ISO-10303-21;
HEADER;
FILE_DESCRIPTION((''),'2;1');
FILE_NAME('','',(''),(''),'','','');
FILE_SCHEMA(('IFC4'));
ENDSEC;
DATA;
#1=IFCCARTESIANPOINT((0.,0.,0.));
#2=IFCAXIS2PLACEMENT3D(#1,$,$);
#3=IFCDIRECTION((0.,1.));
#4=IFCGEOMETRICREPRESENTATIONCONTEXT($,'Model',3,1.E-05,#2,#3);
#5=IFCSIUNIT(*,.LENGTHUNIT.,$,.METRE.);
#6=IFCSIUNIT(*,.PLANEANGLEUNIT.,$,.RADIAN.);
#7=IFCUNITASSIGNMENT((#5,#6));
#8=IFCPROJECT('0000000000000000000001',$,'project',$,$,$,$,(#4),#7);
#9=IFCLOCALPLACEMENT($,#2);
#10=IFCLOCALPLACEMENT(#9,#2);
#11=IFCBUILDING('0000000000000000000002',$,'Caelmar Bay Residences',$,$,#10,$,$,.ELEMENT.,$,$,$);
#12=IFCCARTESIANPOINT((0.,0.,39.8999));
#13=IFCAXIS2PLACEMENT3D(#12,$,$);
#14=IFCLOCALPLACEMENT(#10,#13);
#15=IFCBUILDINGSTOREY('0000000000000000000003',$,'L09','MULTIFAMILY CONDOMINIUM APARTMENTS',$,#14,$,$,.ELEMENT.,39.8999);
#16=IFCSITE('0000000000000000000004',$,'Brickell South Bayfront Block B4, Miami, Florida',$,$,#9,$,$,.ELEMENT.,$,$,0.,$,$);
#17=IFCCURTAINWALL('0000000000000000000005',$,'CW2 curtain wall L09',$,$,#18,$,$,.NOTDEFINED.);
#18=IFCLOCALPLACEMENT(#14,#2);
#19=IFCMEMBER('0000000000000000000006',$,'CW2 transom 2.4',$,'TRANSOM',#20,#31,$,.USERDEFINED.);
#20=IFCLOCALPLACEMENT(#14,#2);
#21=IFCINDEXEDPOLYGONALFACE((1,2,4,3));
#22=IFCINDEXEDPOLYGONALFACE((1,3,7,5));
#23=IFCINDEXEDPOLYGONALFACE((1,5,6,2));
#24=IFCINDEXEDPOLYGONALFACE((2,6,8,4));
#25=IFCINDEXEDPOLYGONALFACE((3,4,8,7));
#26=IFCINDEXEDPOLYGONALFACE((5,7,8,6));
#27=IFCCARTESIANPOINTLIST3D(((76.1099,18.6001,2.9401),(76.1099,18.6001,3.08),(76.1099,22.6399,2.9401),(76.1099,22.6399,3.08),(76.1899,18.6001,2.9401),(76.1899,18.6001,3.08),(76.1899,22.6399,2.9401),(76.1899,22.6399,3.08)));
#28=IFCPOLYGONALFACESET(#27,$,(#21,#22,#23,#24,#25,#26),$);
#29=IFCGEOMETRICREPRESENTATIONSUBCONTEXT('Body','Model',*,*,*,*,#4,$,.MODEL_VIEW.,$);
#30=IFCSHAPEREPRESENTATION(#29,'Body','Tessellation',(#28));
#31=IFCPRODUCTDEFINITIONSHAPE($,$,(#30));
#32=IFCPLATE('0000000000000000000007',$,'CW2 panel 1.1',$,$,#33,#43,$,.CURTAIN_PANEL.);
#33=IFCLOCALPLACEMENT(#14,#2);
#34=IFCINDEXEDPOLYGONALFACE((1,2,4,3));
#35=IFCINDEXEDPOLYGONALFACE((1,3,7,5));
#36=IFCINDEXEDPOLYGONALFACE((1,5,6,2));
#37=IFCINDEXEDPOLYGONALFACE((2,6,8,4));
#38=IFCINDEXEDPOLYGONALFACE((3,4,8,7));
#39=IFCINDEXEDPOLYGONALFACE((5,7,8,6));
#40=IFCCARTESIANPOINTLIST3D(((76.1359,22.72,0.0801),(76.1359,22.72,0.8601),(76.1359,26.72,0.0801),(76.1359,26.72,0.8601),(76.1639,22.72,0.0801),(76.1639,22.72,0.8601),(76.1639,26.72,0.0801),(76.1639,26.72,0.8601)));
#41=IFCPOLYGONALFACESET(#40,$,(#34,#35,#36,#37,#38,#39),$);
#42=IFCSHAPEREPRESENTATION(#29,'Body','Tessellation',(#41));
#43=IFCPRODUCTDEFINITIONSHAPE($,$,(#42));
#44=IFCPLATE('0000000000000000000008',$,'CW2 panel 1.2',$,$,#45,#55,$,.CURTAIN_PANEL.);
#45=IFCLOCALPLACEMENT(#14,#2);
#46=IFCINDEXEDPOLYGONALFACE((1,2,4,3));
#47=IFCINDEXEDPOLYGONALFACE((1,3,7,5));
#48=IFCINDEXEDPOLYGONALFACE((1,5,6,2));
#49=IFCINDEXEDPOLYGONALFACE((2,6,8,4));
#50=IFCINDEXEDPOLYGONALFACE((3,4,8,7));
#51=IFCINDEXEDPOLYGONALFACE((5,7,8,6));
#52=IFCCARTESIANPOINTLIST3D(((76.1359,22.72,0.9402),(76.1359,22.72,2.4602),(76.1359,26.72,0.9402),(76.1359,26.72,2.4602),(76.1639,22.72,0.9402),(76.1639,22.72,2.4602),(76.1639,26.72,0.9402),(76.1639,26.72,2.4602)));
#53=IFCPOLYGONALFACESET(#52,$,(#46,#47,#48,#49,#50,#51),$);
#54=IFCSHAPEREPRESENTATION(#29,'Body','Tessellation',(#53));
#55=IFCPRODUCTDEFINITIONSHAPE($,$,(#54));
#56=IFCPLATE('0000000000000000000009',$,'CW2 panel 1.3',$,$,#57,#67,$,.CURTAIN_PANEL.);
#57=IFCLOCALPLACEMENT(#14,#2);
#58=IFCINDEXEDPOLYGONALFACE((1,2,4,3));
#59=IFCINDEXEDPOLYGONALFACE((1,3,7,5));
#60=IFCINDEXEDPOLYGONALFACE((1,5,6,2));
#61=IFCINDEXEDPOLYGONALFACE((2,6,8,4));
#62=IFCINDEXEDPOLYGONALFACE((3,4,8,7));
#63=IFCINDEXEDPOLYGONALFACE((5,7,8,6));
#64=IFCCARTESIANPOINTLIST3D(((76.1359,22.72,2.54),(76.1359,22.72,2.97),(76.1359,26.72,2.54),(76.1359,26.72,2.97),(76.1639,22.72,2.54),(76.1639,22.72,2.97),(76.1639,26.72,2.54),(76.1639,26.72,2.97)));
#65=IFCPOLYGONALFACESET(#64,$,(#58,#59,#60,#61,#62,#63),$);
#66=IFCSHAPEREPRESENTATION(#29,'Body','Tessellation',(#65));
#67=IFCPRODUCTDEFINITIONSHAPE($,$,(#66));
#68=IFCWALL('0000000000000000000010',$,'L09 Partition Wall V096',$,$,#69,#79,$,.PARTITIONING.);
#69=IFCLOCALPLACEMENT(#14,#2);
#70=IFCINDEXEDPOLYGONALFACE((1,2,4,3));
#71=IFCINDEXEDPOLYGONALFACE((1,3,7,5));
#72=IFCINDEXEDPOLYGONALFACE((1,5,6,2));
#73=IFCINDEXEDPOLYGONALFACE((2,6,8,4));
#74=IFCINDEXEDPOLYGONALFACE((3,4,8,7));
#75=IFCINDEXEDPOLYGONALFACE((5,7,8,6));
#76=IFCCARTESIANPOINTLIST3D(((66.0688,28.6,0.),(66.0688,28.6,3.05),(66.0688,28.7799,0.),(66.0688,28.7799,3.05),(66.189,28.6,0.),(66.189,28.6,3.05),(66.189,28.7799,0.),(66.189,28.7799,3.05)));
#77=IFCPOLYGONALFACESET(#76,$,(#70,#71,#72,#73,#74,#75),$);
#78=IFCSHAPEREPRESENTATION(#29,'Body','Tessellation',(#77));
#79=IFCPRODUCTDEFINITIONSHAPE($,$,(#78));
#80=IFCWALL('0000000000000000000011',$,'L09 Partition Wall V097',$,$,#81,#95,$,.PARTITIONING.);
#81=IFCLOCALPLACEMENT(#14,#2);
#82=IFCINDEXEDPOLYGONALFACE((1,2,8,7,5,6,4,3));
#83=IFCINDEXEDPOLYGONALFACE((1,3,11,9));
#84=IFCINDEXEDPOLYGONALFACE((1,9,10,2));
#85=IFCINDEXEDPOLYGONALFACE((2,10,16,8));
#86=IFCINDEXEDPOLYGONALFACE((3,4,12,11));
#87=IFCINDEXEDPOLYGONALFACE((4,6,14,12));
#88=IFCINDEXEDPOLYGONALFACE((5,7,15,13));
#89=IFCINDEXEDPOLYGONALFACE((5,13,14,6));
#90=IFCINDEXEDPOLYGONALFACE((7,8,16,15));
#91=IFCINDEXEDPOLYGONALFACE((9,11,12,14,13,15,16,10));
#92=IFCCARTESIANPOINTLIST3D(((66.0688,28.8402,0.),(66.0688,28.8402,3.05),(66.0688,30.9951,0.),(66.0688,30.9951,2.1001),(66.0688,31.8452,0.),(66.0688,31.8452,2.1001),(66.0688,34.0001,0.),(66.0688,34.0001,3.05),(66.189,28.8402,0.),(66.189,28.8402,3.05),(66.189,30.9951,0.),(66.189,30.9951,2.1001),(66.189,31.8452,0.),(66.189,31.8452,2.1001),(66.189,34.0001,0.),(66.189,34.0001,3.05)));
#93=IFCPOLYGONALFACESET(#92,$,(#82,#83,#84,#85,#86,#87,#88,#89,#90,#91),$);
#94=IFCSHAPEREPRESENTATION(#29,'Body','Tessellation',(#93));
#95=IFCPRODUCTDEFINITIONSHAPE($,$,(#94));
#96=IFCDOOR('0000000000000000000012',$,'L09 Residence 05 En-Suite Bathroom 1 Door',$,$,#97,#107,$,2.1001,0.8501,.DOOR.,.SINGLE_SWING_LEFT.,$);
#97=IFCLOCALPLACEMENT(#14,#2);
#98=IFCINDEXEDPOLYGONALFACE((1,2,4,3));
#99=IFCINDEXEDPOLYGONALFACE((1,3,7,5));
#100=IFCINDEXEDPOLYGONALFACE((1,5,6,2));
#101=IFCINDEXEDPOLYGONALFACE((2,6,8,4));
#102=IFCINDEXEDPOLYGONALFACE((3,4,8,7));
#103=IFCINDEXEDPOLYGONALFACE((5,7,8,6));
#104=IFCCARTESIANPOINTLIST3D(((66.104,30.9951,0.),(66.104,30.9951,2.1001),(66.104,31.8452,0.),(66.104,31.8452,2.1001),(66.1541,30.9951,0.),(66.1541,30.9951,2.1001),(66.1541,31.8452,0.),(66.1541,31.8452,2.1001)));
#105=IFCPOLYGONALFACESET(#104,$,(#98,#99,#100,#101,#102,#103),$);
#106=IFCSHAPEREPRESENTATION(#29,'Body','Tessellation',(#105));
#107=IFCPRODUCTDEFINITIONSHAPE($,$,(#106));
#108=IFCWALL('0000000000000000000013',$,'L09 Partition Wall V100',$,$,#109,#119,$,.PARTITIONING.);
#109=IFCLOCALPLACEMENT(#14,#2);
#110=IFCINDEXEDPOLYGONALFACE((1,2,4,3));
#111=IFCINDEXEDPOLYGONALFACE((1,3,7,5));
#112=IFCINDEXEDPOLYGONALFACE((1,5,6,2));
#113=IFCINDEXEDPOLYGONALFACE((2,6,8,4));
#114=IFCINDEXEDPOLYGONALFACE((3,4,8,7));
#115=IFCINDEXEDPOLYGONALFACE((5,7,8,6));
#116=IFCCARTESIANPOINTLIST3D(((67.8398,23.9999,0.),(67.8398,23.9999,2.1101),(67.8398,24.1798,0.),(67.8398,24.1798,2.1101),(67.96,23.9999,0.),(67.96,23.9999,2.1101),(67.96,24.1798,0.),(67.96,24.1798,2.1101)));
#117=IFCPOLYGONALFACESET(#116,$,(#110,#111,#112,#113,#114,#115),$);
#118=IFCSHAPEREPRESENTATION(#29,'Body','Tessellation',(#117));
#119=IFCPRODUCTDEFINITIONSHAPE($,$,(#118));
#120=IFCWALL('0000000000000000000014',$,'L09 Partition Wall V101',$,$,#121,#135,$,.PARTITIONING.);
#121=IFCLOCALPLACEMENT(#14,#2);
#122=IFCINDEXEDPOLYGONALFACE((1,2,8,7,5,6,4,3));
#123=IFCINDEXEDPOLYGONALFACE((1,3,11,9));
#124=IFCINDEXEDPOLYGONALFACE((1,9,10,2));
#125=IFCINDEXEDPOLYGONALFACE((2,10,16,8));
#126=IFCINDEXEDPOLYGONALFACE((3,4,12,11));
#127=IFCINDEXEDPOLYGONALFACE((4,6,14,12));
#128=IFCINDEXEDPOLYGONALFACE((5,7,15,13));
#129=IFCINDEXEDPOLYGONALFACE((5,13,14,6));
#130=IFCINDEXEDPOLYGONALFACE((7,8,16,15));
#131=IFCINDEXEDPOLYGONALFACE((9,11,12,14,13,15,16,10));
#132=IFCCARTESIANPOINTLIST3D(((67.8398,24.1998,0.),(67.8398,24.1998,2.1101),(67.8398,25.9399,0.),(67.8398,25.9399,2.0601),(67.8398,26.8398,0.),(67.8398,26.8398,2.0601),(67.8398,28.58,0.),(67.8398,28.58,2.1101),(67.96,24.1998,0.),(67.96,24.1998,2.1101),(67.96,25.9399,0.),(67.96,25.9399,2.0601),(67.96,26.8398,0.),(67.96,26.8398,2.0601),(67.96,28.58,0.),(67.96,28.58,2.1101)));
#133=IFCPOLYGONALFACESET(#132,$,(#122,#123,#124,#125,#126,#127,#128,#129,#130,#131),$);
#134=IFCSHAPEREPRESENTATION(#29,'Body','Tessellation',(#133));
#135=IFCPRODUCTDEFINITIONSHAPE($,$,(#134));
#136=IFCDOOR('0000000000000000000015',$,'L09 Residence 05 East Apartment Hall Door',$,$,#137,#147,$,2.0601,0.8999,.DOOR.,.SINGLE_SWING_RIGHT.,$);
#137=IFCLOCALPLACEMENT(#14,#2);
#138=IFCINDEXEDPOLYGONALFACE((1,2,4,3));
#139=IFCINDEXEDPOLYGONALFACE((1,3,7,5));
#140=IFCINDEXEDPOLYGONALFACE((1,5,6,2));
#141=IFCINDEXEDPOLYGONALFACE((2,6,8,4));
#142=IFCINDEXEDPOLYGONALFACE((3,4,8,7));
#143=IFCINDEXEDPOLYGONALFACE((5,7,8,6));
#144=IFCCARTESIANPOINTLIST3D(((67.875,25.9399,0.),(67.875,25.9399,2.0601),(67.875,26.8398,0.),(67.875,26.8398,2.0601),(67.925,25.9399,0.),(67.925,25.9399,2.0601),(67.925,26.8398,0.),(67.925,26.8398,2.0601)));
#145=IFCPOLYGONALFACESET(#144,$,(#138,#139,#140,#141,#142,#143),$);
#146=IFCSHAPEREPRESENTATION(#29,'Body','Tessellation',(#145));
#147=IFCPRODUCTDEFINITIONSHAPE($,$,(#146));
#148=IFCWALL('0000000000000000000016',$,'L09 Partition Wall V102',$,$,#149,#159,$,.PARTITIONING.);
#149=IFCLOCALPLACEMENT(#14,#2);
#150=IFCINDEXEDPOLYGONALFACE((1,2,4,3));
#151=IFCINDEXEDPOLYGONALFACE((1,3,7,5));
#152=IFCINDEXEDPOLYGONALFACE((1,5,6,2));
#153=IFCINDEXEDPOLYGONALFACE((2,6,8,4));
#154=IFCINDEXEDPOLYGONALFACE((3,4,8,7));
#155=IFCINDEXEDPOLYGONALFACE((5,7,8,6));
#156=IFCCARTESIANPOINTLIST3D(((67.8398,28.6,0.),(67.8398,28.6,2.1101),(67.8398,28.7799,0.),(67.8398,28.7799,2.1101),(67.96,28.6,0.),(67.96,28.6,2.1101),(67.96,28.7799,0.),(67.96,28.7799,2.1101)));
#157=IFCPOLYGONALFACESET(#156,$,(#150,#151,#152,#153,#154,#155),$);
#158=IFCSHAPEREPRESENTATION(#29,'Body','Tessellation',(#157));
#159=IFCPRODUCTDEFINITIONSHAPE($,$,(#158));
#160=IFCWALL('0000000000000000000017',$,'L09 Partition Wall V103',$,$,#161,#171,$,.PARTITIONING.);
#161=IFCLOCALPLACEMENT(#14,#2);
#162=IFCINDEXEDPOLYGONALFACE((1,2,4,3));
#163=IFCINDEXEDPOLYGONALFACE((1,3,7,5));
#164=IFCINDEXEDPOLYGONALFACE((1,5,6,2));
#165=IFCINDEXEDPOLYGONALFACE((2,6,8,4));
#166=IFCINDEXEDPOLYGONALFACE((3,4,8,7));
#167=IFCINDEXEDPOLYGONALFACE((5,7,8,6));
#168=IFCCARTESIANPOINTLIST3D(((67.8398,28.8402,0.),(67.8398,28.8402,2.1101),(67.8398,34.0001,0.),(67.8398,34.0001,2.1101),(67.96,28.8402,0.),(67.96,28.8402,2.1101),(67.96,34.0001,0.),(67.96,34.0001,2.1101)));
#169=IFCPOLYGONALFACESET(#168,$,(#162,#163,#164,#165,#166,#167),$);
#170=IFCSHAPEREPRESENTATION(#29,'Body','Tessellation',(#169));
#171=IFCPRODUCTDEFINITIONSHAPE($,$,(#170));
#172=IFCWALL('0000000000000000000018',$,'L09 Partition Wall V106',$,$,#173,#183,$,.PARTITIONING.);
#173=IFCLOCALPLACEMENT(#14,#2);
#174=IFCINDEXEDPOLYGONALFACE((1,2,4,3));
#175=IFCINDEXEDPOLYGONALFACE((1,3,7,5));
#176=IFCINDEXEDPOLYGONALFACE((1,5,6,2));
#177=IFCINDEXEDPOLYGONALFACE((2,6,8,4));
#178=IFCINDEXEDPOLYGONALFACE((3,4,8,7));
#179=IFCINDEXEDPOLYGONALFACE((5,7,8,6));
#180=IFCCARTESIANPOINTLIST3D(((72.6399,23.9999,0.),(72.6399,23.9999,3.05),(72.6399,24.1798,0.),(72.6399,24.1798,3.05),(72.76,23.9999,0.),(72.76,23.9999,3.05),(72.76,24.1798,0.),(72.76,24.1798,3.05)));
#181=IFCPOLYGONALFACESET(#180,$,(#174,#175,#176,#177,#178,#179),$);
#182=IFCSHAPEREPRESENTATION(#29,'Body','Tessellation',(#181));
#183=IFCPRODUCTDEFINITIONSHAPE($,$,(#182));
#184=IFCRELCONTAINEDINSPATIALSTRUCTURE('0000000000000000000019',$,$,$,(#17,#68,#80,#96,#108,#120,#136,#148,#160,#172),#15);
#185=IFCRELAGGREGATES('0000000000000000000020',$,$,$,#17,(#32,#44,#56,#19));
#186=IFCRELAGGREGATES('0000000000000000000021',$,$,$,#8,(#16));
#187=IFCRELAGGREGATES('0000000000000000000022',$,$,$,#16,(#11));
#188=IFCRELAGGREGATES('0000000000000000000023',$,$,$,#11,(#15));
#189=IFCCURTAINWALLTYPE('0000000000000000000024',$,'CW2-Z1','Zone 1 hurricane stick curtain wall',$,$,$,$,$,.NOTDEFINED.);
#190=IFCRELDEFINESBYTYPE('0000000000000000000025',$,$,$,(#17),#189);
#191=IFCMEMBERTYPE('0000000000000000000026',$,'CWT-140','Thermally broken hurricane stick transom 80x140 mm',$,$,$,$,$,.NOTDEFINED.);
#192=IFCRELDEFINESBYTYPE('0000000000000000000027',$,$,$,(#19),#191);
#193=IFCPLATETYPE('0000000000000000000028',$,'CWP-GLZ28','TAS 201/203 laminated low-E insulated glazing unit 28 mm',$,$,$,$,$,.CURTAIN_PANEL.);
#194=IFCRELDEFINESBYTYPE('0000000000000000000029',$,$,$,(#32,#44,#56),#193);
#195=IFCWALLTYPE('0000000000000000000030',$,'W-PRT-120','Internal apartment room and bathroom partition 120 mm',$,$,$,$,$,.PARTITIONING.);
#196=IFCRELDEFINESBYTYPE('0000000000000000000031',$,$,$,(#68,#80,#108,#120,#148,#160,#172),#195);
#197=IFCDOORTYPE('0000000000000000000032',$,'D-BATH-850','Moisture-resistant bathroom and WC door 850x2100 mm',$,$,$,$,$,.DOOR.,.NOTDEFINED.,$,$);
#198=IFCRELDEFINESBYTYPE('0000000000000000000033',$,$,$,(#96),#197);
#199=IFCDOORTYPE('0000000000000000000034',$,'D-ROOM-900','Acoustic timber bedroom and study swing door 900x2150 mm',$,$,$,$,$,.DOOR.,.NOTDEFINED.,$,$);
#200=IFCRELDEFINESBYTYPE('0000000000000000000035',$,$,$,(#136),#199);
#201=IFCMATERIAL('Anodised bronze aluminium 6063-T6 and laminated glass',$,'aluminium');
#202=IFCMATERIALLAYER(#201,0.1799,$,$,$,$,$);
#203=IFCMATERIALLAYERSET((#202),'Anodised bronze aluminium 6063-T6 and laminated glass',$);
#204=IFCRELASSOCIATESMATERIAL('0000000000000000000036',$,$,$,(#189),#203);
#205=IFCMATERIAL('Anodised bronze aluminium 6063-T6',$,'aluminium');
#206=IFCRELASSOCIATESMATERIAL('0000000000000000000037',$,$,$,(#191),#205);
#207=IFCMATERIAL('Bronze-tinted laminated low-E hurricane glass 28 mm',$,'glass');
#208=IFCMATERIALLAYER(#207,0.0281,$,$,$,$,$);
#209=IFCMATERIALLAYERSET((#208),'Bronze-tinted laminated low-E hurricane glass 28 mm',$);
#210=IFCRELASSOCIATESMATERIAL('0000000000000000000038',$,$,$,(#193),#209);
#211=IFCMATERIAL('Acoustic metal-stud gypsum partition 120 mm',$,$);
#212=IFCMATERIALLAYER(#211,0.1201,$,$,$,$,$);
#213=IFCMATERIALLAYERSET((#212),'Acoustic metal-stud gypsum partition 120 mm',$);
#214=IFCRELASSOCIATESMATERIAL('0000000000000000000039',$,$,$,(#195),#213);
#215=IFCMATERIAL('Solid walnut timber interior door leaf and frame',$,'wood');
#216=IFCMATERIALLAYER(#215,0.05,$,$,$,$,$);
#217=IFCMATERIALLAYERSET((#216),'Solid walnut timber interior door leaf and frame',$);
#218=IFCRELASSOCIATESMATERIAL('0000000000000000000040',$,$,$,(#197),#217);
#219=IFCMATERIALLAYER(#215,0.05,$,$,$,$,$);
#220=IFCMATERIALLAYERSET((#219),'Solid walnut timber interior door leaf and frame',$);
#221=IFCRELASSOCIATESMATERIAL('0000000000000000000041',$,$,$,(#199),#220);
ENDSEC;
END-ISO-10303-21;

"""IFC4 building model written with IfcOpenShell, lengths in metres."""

from ifc_helpers import new_model, si_unit, direction, frame, frame_2d, origin, origin_2d, place, context, subcontext, project, spatial, rectangle, extrude, material, layer, layer_set, material_profile, profile_set, type_object, element, fill, aggregate, save


model = new_model("IFC4")

# Units and contexts
model_context = context("Model", 3, precision=1e-05, world=origin(), true_north=direction((0.0, 1.0)))
body_context = subcontext(model_context, "Body", "Model", "MODEL_VIEW")
ifc_project = project(units=[si_unit("LENGTHUNIT", "METRE"), si_unit("PLANEANGLEUNIT", "RADIAN")], contexts=[model_context])

# Site, building, storey
site_placement = place(None, origin())
site = spatial("IfcSite", under=ifc_project, at=site_placement, Name="Brickell South Bayfront Block B4, Miami, Florida", CompositionType="ELEMENT", RefElevation=0.0)
building_placement = place(site_placement, origin())
building = spatial("IfcBuilding", under=site, at=building_placement, Name="Caelmar Bay Residences", CompositionType="ELEMENT")
storey_placement = place(building_placement, frame((0.0, 0.0, 39.8999)))
storey = spatial("IfcBuildingStorey", under=building, at=storey_placement, Name="L09", Description="MULTIFAMILY CONDOMINIUM APARTMENTS", CompositionType="ELEMENT", Elevation=39.8999)

# Curtain wall, member, plates
ifc_material_1 = material(Name="Anodised bronze aluminium 6063-T6 and laminated glass", Category="aluminium")
ifc_layer_1 = layer(ifc_material_1, 0.1799)
ifc_layer_set_1 = layer_set([ifc_layer_1], Name="Anodised bronze aluminium 6063-T6 and laminated glass")
curtain_wall_type = type_object("IfcCurtainWallType", Name="CW2-Z1", Description="Zone 1 hurricane stick curtain wall", PredefinedType="NOTDEFINED", material=ifc_layer_set_1)
curtain_wall_placement = place(storey_placement, origin())
curtain_wall = element("IfcCurtainWall", 1, at=curtain_wall_placement, inside=storey, type_object=curtain_wall_type, Name="CW2 curtain wall L09", PredefinedType="NOTDEFINED")
ifc_material_2 = material(Name="Anodised bronze aluminium 6063-T6", Category="aluminium")
ifc_material_profile_1 = material_profile(ifc_material_2, rectangle(XDim=0.0801, YDim=0.1399, at=origin_2d()), Name="CWT-80X140")
ifc_profile_set_1 = profile_set([ifc_material_profile_1], Name="Anodised bronze aluminium 6063-T6")
member_type_1 = type_object("IfcMemberType", Name="CWT-140", Description="Thermally broken hurricane stick transom 80x140 mm", PredefinedType="NOTDEFINED", material=ifc_profile_set_1)
member_1_placement = place(storey_placement, frame((76.1499, 22.6399, 3.01), z_axis=(0.0, -1.0, 0.0), x_axis=(1.0, 0.0, 0.0)))
member_1 = element("IfcMember", 2, at=member_1_placement, type_object=member_type_1, Name="CW2 transom 2.4", ObjectType="TRANSOM", PredefinedType="USERDEFINED", context=body_context, shape_type="SweptSolid", body=[
    extrude(rectangle(XDim=0.0801, YDim=0.1399, at=origin_2d()), origin(), (0.0, 0.0, 1.0), 4.0398),
])
ifc_material_3 = material(Name="Bronze-tinted laminated low-E hurricane glass 28 mm", Category="glass")
ifc_layer_2 = layer(ifc_material_3, 0.0281)
ifc_layer_set_2 = layer_set([ifc_layer_2], Name="Bronze-tinted laminated low-E hurricane glass 28 mm")
plate_type = type_object("IfcPlateType", Name="CWP-GLZ28", Description="TAS 201/203 laminated low-E insulated glazing unit 28 mm", PredefinedType="CURTAIN_PANEL", material=ifc_layer_set_2)
plate_1_placement = place(storey_placement, frame((76.1499, 24.72, 0.0801), z_axis=(0.0, 0.0, 1.0), x_axis=(0.0, -1.0, 0.0)))
plate_1 = element("IfcPlate", 3, at=plate_1_placement, type_object=plate_type, Name="CW2 panel 1.1", PredefinedType="CURTAIN_PANEL", context=body_context, shape_type="SweptSolid", body=[
    extrude(rectangle(XDim=4.0, YDim=0.0281, at=origin_2d()), origin(), (0.0, 0.0, 1.0), 0.78),
])
plate_2_placement = place(storey_placement, frame((76.1499, 24.72, 0.9402), z_axis=(0.0, 0.0, 1.0), x_axis=(0.0, -1.0, 0.0)))
plate_2 = element("IfcPlate", 4, at=plate_2_placement, type_object=plate_type, Name="CW2 panel 1.2", PredefinedType="CURTAIN_PANEL", context=body_context, shape_type="SweptSolid", body=[
    extrude(rectangle(XDim=4.0, YDim=0.0281, at=origin_2d()), origin(), (0.0, 0.0, 1.0), 1.52),
])
plate_3_placement = place(storey_placement, frame((76.1499, 24.72, 2.54), z_axis=(0.0, 0.0, 1.0), x_axis=(0.0, -1.0, 0.0)))
plate_3 = element("IfcPlate", 5, at=plate_3_placement, type_object=plate_type, Name="CW2 panel 1.3", PredefinedType="CURTAIN_PANEL", context=body_context, shape_type="SweptSolid", body=[
    extrude(rectangle(XDim=4.0, YDim=0.0281, at=origin_2d()), origin(), (0.0, 0.0, 1.0), 0.4299),
])
aggregate(curtain_wall, [plate_1, plate_2, plate_3, member_1])

# Wall
ifc_material_4 = material(Name="Acoustic metal-stud gypsum partition 120 mm")
ifc_layer_3 = layer(ifc_material_4, 0.1201)
ifc_layer_set_3 = layer_set([ifc_layer_3], Name="Acoustic metal-stud gypsum partition 120 mm")
wall_type = type_object("IfcWallType", Name="W-PRT-120", Description="Internal apartment room and bathroom partition 120 mm", PredefinedType="PARTITIONING", material=ifc_layer_set_3)
wall_1_placement = place(storey_placement, frame((66.1289, 28.6001, 0.0), z_axis=(0.0, 0.0, 1.0), x_axis=(0.0, 1.0, 0.0)))
element("IfcWall", 6, at=wall_1_placement, inside=storey, type_object=wall_type, Name="L09 Partition Wall V096", PredefinedType="PARTITIONING", context=body_context, shape_type="SweptSolid", body=[
    extrude(rectangle(XDim=0.1799, YDim=0.1201, at=frame_2d((0.0898, 0.0))), origin(), (0.0, 0.0, 1.0), 3.05),
])

# Wall, opening, door
wall_2_placement = place(storey_placement, frame((66.1289, 28.8401, 0.0), z_axis=(0.0, 0.0, 1.0), x_axis=(0.0, 1.0, 0.0)))
wall_2 = element("IfcWall", 7, at=wall_2_placement, inside=storey, type_object=wall_type, Name="L09 Partition Wall V097", PredefinedType="PARTITIONING", context=body_context, shape_type="SweptSolid", body=[
    extrude(rectangle(XDim=5.1599, YDim=0.1201, at=frame_2d((2.5801, 0.0))), origin(), (0.0, 0.0, 1.0), 3.05),
])
opening_1_placement = place(wall_2_placement, frame((2.155, 0.0, 0.0)))
opening_1 = element("IfcOpeningElement", 8, at=opening_1_placement, cuts=wall_2, PredefinedType="OPENING", context=body_context, shape_type="SweptSolid", body=[
    extrude(rectangle(XDim=0.8501, YDim=2.1001, at=frame_2d((0.425, 1.05))), frame((0.0, 0.0701, 0.0), z_axis=(0.0, -1.0, 0.0), x_axis=(1.0, 0.0, 0.0)), (0.0, 0.0, 1.0), 0.1401),
])
ifc_material_5 = material(Name="Solid walnut timber interior door leaf and frame", Category="wood")
ifc_layer_4 = layer(ifc_material_5, 0.05)
ifc_layer_set_4 = layer_set([ifc_layer_4], Name="Solid walnut timber interior door leaf and frame")
door_type_1 = type_object("IfcDoorType", Name="D-BATH-850", Description="Moisture-resistant bathroom and WC door 850x2100 mm", OperationType="NOTDEFINED", PredefinedType="DOOR", material=ifc_layer_set_4)
door_1_placement = place(opening_1_placement, origin())
door_1 = element("IfcDoor", 9, at=door_1_placement, inside=storey, type_object=door_type_1, Name="L09 Residence 05 En-Suite Bathroom 1 Door", OperationType="SINGLE_SWING_LEFT", OverallHeight=2.1001, OverallWidth=0.8501, PredefinedType="DOOR", context=body_context, shape_type="SweptSolid", body=[
    extrude(rectangle(XDim=0.8501, YDim=2.1001, at=frame_2d((0.425, 1.05))), frame((0.0, 0.0249, 0.0), z_axis=(0.0, -1.0, 0.0), x_axis=(1.0, 0.0, 0.0)), (0.0, 0.0, 1.0), 0.05),
])
fill(opening_1, door_1)

# Wall
wall_3_placement = place(storey_placement, frame((67.8999, 24.0, 0.0), z_axis=(0.0, 0.0, 1.0), x_axis=(0.0, 1.0, 0.0)))
element("IfcWall", 10, at=wall_3_placement, inside=storey, type_object=wall_type, Name="L09 Partition Wall V100", PredefinedType="PARTITIONING", context=body_context, shape_type="SweptSolid", body=[
    extrude(rectangle(XDim=0.1799, YDim=0.1201, at=frame_2d((0.0898, 0.0))), origin(), (0.0, 0.0, 1.0), 2.1101),
])

# Wall, opening, door
wall_4_placement = place(storey_placement, frame((67.8999, 24.2, 0.0), z_axis=(0.0, 0.0, 1.0), x_axis=(0.0, 1.0, 0.0)))
wall_4 = element("IfcWall", 11, at=wall_4_placement, inside=storey, type_object=wall_type, Name="L09 Partition Wall V101", PredefinedType="PARTITIONING", context=body_context, shape_type="SweptSolid", body=[
    extrude(rectangle(XDim=4.3801, YDim=0.1201, at=frame_2d((2.1899, 0.0))), origin(), (0.0, 0.0, 1.0), 2.1101),
])
opening_2_placement = place(wall_4_placement, frame((1.74, 0.0, 0.0)))
opening_2 = element("IfcOpeningElement", 12, at=opening_2_placement, cuts=wall_4, PredefinedType="OPENING", context=body_context, shape_type="SweptSolid", body=[
    extrude(rectangle(XDim=0.8999, YDim=2.0601, at=frame_2d((0.45, 1.03))), frame((0.0, 0.0701, 0.0), z_axis=(0.0, -1.0, 0.0), x_axis=(1.0, 0.0, 0.0)), (0.0, 0.0, 1.0), 0.1401),
])
ifc_layer_5 = layer(ifc_material_5, 0.05)
ifc_layer_set_5 = layer_set([ifc_layer_5], Name="Solid walnut timber interior door leaf and frame")
door_type_2 = type_object("IfcDoorType", Name="D-ROOM-900", Description="Acoustic timber bedroom and study swing door 900x2150 mm", OperationType="NOTDEFINED", PredefinedType="DOOR", material=ifc_layer_set_5)
door_2_placement = place(opening_2_placement, origin())
door_2 = element("IfcDoor", 13, at=door_2_placement, inside=storey, type_object=door_type_2, Name="L09 Residence 05 East Apartment Hall Door", OperationType="SINGLE_SWING_RIGHT", OverallHeight=2.0601, OverallWidth=0.8999, PredefinedType="DOOR", context=body_context, shape_type="SweptSolid", body=[
    extrude(rectangle(XDim=0.8999, YDim=2.0601, at=frame_2d((0.45, 1.03))), frame((0.0, 0.0249, 0.0), z_axis=(0.0, -1.0, 0.0), x_axis=(1.0, 0.0, 0.0)), (0.0, 0.0, 1.0), 0.05),
])
fill(opening_2, door_2)

# Walls
wall_5_placement = place(storey_placement, frame((67.8999, 28.6001, 0.0), z_axis=(0.0, 0.0, 1.0), x_axis=(0.0, 1.0, 0.0)))
element("IfcWall", 14, at=wall_5_placement, inside=storey, type_object=wall_type, Name="L09 Partition Wall V102", PredefinedType="PARTITIONING", context=body_context, shape_type="SweptSolid", body=[
    extrude(rectangle(XDim=0.1799, YDim=0.1201, at=frame_2d((0.0898, 0.0))), origin(), (0.0, 0.0, 1.0), 2.1101),
])
wall_6_placement = place(storey_placement, frame((67.8999, 28.8401, 0.0), z_axis=(0.0, 0.0, 1.0), x_axis=(0.0, 1.0, 0.0)))
element("IfcWall", 15, at=wall_6_placement, inside=storey, type_object=wall_type, Name="L09 Partition Wall V103", PredefinedType="PARTITIONING", context=body_context, shape_type="SweptSolid", body=[
    extrude(rectangle(XDim=5.1599, YDim=0.1201, at=frame_2d((2.5801, 0.0))), origin(), (0.0, 0.0, 1.0), 2.1101),
])
wall_7_placement = place(storey_placement, frame((72.7, 24.0, 0.0), z_axis=(0.0, 0.0, 1.0), x_axis=(0.0, 1.0, 0.0)))
element("IfcWall", 16, at=wall_7_placement, inside=storey, type_object=wall_type, Name="L09 Partition Wall V106", PredefinedType="PARTITIONING", context=body_context, shape_type="SweptSolid", body=[
    extrude(rectangle(XDim=0.1799, YDim=0.1201, at=frame_2d((0.0898, 0.0))), origin(), (0.0, 0.0, 1.0), 3.05),
])

save(model, "model.ifc")
